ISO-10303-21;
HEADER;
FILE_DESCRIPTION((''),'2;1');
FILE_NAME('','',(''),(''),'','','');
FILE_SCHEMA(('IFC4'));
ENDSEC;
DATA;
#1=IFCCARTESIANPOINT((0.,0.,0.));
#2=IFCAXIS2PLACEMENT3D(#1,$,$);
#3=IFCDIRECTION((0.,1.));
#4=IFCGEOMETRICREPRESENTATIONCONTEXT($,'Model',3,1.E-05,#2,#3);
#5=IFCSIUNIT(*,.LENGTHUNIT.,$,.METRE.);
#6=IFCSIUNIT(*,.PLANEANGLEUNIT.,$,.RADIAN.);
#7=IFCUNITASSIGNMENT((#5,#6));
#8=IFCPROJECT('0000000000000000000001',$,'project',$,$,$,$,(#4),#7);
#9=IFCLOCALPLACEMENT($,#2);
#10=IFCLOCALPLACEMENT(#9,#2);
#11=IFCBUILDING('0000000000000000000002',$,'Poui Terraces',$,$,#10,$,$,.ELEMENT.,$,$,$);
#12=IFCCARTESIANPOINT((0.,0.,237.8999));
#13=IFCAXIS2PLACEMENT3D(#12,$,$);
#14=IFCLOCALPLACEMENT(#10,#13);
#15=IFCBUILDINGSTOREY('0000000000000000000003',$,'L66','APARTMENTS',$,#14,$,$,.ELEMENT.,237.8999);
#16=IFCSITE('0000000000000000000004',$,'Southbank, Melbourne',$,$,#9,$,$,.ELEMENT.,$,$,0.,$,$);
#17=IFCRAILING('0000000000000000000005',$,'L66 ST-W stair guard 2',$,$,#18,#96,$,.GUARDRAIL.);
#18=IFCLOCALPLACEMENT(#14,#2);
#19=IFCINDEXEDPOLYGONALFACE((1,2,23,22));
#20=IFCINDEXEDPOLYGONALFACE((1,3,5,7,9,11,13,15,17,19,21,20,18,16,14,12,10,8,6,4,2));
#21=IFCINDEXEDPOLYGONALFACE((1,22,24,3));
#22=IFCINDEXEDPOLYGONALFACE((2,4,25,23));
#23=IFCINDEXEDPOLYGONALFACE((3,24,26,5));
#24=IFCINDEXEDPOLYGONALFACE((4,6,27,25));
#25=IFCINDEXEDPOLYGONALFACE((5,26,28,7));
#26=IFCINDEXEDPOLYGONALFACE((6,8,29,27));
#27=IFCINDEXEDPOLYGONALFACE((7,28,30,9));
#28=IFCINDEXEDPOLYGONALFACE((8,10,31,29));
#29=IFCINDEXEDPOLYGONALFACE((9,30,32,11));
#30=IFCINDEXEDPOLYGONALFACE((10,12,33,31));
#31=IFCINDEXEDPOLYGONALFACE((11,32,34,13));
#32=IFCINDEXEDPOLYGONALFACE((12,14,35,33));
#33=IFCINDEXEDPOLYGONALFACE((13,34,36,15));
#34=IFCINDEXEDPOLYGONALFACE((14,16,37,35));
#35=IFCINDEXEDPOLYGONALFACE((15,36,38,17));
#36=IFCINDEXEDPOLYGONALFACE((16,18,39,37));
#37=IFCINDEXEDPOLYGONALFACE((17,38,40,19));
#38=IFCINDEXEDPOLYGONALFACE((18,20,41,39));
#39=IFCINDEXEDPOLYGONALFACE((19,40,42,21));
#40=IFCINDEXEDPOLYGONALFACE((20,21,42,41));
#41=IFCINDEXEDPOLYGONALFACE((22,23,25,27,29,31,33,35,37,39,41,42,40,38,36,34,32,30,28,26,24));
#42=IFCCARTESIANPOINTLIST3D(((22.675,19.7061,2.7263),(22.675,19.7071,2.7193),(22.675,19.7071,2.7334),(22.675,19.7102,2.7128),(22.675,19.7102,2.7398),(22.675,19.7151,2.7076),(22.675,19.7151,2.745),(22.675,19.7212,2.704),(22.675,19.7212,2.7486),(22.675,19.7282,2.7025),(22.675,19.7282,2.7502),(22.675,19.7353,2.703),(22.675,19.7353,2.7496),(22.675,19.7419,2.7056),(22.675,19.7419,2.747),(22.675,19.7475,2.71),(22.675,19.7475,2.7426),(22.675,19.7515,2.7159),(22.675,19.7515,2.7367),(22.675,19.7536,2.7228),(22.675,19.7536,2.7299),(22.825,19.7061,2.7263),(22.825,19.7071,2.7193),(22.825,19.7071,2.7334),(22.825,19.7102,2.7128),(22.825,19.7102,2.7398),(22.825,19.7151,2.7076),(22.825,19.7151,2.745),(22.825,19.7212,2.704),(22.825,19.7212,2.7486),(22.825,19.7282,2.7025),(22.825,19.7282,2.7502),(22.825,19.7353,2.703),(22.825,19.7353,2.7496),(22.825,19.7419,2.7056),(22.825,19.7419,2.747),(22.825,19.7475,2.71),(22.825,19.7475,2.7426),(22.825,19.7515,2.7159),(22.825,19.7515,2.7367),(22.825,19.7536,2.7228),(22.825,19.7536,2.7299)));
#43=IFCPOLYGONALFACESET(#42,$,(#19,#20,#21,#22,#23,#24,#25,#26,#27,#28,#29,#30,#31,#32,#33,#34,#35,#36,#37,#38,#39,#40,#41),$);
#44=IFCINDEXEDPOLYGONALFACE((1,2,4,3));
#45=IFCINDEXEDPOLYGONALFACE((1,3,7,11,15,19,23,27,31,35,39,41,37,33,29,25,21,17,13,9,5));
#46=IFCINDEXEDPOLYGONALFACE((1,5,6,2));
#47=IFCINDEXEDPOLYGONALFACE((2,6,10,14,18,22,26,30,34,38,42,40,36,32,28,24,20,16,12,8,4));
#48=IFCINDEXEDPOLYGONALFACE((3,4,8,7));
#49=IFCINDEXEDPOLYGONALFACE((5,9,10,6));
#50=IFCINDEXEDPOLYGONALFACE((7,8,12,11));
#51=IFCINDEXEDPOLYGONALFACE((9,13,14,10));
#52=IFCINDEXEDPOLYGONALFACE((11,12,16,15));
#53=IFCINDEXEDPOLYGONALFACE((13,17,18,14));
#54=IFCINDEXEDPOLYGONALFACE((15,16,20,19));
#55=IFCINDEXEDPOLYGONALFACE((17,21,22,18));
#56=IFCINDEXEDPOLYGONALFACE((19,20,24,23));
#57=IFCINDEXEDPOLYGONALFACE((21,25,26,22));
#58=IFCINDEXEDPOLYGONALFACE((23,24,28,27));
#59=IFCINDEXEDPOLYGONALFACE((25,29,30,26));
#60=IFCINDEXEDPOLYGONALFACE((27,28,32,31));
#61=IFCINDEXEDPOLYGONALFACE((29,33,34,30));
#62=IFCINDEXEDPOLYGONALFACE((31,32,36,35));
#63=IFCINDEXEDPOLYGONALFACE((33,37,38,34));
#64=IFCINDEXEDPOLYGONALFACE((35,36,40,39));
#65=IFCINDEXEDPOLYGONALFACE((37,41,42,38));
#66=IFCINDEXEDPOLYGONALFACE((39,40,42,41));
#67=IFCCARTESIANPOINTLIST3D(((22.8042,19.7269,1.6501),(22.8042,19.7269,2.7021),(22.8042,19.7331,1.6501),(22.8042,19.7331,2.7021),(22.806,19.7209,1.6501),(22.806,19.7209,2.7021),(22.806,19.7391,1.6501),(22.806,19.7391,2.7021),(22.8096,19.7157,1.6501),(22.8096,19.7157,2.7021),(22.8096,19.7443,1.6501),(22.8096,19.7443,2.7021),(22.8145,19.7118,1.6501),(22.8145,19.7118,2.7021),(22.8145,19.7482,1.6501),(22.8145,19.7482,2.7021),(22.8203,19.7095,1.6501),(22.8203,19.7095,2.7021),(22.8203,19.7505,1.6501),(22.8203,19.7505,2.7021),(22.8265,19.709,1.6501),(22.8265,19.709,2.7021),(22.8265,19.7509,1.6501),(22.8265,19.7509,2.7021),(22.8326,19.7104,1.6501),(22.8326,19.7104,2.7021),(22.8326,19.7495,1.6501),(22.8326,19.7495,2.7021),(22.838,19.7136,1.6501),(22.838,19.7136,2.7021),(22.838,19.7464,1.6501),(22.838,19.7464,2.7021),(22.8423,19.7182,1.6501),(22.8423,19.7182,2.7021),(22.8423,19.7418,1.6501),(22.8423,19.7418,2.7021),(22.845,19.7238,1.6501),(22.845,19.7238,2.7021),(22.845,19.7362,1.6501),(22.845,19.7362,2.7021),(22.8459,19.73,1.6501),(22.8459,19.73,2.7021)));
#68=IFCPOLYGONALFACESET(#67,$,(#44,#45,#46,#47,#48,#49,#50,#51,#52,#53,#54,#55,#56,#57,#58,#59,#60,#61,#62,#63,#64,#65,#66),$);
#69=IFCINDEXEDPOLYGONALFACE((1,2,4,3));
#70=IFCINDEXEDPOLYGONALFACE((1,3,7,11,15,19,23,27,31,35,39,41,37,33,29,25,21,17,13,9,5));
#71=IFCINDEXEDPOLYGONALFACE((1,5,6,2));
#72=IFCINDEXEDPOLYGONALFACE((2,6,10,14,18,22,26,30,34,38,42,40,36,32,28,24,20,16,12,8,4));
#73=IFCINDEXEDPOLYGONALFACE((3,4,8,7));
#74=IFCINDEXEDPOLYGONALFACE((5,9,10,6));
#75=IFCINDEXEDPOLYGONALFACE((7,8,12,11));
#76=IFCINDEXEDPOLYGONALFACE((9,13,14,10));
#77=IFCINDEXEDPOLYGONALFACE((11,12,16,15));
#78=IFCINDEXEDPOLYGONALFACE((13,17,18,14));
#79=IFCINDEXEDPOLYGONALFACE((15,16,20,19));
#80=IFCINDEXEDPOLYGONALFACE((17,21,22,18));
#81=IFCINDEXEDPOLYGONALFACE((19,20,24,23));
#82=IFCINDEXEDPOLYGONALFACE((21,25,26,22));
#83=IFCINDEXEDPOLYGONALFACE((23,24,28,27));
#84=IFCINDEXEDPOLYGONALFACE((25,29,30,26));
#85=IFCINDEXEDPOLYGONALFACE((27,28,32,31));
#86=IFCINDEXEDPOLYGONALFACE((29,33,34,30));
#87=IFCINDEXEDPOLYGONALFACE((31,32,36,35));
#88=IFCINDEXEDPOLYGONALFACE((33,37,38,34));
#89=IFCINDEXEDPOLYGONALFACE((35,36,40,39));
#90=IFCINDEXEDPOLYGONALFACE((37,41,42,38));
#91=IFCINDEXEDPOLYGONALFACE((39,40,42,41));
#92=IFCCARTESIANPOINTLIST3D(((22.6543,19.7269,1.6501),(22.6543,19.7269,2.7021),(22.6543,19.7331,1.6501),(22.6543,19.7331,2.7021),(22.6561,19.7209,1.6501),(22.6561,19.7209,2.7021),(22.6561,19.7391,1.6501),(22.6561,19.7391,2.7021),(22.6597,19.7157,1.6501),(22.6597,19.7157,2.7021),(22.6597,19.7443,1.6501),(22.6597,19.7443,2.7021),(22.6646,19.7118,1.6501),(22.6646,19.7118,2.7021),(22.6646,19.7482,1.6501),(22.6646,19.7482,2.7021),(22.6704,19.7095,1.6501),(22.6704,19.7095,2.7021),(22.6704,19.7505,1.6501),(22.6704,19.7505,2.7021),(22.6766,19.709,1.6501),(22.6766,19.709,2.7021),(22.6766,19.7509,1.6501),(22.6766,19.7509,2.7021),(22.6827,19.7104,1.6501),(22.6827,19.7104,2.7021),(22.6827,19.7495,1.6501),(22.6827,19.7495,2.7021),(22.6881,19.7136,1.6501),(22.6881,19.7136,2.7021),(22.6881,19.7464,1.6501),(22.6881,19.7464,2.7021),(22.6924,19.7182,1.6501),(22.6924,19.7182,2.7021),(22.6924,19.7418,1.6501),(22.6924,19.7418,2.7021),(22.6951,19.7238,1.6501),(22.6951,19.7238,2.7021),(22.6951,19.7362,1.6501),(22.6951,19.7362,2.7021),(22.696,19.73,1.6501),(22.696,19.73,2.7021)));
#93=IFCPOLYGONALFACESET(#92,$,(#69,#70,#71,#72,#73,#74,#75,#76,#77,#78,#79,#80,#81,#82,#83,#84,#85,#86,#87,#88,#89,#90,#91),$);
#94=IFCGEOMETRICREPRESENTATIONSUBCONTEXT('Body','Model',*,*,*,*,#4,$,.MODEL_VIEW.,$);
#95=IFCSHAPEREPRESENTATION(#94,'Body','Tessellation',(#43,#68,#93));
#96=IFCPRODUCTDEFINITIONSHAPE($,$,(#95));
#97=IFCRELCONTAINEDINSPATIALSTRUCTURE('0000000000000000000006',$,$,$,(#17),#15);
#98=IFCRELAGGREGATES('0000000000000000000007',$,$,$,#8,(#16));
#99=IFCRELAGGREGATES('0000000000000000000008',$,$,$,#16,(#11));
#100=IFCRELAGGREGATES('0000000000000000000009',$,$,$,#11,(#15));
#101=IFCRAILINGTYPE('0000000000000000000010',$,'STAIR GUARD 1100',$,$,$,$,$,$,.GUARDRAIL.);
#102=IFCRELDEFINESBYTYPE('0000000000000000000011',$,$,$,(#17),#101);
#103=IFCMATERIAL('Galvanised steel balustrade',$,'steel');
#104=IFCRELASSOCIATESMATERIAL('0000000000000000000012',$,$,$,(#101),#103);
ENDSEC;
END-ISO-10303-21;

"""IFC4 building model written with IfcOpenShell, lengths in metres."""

from ifc_helpers import new_model, si_unit, direction, frame, origin, origin_2d, place, context, subcontext, project, spatial, circle, extrude, material, type_object, element, save


model = new_model("IFC4")

# Units and contexts
model_context = context("Model", 3, precision=1e-05, world=origin(), true_north=direction((0.0, 1.0)))
body_context = subcontext(model_context, "Body", "Model", "MODEL_VIEW")
ifc_project = project(units=[si_unit("LENGTHUNIT", "METRE"), si_unit("PLANEANGLEUNIT", "RADIAN")], contexts=[model_context])

# Site, building, storey
site_placement = place(None, origin())
site = spatial("IfcSite", under=ifc_project, at=site_placement, Name="Southbank, Melbourne", CompositionType="ELEMENT", RefElevation=0.0)
building_placement = place(site_placement, origin())
building = spatial("IfcBuilding", under=site, at=building_placement, Name="Poui Terraces", CompositionType="ELEMENT")
storey_placement = place(building_placement, frame((0.0, 0.0, 237.8999)))
storey = spatial("IfcBuildingStorey", under=building, at=storey_placement, Name="L66", Description="APARTMENTS", CompositionType="ELEMENT", Elevation=237.8999)

# Railing
ifc_material_1 = material(Name="Galvanised steel balustrade", Category="steel")
railing_type_1 = type_object("IfcRailingType", Name="STAIR GUARD 1100", PredefinedType="GUARDRAIL", material=ifc_material_1)
railing_1_placement = place(storey_placement, frame((22.825, 19.73, 1.6501)))
element("IfcRailing", 1, at=railing_1_placement, inside=storey, type_object=railing_type_1, Name="L66 ST-W stair guard 2", PredefinedType="GUARDRAIL", context=body_context, shape_type="SweptSolid", body=[
    extrude(circle(Radius=0.0239, at=origin_2d()), frame((0.0, 0.0, 1.0762), z_axis=(-1.0, 0.0, 0.0), x_axis=(0.0, -1.0, 0.0)), (0.0, 0.0, 1.0), 0.1499),
    extrude(circle(Radius=0.021, at=origin_2d()), origin(), (0.0, 0.0, 1.0), 1.052),
    extrude(circle(Radius=0.021, at=origin_2d()), frame((-0.1499, 0.0, 0.0)), (0.0, 0.0, 1.0), 1.052),
])

save(model, "model.ifc")
